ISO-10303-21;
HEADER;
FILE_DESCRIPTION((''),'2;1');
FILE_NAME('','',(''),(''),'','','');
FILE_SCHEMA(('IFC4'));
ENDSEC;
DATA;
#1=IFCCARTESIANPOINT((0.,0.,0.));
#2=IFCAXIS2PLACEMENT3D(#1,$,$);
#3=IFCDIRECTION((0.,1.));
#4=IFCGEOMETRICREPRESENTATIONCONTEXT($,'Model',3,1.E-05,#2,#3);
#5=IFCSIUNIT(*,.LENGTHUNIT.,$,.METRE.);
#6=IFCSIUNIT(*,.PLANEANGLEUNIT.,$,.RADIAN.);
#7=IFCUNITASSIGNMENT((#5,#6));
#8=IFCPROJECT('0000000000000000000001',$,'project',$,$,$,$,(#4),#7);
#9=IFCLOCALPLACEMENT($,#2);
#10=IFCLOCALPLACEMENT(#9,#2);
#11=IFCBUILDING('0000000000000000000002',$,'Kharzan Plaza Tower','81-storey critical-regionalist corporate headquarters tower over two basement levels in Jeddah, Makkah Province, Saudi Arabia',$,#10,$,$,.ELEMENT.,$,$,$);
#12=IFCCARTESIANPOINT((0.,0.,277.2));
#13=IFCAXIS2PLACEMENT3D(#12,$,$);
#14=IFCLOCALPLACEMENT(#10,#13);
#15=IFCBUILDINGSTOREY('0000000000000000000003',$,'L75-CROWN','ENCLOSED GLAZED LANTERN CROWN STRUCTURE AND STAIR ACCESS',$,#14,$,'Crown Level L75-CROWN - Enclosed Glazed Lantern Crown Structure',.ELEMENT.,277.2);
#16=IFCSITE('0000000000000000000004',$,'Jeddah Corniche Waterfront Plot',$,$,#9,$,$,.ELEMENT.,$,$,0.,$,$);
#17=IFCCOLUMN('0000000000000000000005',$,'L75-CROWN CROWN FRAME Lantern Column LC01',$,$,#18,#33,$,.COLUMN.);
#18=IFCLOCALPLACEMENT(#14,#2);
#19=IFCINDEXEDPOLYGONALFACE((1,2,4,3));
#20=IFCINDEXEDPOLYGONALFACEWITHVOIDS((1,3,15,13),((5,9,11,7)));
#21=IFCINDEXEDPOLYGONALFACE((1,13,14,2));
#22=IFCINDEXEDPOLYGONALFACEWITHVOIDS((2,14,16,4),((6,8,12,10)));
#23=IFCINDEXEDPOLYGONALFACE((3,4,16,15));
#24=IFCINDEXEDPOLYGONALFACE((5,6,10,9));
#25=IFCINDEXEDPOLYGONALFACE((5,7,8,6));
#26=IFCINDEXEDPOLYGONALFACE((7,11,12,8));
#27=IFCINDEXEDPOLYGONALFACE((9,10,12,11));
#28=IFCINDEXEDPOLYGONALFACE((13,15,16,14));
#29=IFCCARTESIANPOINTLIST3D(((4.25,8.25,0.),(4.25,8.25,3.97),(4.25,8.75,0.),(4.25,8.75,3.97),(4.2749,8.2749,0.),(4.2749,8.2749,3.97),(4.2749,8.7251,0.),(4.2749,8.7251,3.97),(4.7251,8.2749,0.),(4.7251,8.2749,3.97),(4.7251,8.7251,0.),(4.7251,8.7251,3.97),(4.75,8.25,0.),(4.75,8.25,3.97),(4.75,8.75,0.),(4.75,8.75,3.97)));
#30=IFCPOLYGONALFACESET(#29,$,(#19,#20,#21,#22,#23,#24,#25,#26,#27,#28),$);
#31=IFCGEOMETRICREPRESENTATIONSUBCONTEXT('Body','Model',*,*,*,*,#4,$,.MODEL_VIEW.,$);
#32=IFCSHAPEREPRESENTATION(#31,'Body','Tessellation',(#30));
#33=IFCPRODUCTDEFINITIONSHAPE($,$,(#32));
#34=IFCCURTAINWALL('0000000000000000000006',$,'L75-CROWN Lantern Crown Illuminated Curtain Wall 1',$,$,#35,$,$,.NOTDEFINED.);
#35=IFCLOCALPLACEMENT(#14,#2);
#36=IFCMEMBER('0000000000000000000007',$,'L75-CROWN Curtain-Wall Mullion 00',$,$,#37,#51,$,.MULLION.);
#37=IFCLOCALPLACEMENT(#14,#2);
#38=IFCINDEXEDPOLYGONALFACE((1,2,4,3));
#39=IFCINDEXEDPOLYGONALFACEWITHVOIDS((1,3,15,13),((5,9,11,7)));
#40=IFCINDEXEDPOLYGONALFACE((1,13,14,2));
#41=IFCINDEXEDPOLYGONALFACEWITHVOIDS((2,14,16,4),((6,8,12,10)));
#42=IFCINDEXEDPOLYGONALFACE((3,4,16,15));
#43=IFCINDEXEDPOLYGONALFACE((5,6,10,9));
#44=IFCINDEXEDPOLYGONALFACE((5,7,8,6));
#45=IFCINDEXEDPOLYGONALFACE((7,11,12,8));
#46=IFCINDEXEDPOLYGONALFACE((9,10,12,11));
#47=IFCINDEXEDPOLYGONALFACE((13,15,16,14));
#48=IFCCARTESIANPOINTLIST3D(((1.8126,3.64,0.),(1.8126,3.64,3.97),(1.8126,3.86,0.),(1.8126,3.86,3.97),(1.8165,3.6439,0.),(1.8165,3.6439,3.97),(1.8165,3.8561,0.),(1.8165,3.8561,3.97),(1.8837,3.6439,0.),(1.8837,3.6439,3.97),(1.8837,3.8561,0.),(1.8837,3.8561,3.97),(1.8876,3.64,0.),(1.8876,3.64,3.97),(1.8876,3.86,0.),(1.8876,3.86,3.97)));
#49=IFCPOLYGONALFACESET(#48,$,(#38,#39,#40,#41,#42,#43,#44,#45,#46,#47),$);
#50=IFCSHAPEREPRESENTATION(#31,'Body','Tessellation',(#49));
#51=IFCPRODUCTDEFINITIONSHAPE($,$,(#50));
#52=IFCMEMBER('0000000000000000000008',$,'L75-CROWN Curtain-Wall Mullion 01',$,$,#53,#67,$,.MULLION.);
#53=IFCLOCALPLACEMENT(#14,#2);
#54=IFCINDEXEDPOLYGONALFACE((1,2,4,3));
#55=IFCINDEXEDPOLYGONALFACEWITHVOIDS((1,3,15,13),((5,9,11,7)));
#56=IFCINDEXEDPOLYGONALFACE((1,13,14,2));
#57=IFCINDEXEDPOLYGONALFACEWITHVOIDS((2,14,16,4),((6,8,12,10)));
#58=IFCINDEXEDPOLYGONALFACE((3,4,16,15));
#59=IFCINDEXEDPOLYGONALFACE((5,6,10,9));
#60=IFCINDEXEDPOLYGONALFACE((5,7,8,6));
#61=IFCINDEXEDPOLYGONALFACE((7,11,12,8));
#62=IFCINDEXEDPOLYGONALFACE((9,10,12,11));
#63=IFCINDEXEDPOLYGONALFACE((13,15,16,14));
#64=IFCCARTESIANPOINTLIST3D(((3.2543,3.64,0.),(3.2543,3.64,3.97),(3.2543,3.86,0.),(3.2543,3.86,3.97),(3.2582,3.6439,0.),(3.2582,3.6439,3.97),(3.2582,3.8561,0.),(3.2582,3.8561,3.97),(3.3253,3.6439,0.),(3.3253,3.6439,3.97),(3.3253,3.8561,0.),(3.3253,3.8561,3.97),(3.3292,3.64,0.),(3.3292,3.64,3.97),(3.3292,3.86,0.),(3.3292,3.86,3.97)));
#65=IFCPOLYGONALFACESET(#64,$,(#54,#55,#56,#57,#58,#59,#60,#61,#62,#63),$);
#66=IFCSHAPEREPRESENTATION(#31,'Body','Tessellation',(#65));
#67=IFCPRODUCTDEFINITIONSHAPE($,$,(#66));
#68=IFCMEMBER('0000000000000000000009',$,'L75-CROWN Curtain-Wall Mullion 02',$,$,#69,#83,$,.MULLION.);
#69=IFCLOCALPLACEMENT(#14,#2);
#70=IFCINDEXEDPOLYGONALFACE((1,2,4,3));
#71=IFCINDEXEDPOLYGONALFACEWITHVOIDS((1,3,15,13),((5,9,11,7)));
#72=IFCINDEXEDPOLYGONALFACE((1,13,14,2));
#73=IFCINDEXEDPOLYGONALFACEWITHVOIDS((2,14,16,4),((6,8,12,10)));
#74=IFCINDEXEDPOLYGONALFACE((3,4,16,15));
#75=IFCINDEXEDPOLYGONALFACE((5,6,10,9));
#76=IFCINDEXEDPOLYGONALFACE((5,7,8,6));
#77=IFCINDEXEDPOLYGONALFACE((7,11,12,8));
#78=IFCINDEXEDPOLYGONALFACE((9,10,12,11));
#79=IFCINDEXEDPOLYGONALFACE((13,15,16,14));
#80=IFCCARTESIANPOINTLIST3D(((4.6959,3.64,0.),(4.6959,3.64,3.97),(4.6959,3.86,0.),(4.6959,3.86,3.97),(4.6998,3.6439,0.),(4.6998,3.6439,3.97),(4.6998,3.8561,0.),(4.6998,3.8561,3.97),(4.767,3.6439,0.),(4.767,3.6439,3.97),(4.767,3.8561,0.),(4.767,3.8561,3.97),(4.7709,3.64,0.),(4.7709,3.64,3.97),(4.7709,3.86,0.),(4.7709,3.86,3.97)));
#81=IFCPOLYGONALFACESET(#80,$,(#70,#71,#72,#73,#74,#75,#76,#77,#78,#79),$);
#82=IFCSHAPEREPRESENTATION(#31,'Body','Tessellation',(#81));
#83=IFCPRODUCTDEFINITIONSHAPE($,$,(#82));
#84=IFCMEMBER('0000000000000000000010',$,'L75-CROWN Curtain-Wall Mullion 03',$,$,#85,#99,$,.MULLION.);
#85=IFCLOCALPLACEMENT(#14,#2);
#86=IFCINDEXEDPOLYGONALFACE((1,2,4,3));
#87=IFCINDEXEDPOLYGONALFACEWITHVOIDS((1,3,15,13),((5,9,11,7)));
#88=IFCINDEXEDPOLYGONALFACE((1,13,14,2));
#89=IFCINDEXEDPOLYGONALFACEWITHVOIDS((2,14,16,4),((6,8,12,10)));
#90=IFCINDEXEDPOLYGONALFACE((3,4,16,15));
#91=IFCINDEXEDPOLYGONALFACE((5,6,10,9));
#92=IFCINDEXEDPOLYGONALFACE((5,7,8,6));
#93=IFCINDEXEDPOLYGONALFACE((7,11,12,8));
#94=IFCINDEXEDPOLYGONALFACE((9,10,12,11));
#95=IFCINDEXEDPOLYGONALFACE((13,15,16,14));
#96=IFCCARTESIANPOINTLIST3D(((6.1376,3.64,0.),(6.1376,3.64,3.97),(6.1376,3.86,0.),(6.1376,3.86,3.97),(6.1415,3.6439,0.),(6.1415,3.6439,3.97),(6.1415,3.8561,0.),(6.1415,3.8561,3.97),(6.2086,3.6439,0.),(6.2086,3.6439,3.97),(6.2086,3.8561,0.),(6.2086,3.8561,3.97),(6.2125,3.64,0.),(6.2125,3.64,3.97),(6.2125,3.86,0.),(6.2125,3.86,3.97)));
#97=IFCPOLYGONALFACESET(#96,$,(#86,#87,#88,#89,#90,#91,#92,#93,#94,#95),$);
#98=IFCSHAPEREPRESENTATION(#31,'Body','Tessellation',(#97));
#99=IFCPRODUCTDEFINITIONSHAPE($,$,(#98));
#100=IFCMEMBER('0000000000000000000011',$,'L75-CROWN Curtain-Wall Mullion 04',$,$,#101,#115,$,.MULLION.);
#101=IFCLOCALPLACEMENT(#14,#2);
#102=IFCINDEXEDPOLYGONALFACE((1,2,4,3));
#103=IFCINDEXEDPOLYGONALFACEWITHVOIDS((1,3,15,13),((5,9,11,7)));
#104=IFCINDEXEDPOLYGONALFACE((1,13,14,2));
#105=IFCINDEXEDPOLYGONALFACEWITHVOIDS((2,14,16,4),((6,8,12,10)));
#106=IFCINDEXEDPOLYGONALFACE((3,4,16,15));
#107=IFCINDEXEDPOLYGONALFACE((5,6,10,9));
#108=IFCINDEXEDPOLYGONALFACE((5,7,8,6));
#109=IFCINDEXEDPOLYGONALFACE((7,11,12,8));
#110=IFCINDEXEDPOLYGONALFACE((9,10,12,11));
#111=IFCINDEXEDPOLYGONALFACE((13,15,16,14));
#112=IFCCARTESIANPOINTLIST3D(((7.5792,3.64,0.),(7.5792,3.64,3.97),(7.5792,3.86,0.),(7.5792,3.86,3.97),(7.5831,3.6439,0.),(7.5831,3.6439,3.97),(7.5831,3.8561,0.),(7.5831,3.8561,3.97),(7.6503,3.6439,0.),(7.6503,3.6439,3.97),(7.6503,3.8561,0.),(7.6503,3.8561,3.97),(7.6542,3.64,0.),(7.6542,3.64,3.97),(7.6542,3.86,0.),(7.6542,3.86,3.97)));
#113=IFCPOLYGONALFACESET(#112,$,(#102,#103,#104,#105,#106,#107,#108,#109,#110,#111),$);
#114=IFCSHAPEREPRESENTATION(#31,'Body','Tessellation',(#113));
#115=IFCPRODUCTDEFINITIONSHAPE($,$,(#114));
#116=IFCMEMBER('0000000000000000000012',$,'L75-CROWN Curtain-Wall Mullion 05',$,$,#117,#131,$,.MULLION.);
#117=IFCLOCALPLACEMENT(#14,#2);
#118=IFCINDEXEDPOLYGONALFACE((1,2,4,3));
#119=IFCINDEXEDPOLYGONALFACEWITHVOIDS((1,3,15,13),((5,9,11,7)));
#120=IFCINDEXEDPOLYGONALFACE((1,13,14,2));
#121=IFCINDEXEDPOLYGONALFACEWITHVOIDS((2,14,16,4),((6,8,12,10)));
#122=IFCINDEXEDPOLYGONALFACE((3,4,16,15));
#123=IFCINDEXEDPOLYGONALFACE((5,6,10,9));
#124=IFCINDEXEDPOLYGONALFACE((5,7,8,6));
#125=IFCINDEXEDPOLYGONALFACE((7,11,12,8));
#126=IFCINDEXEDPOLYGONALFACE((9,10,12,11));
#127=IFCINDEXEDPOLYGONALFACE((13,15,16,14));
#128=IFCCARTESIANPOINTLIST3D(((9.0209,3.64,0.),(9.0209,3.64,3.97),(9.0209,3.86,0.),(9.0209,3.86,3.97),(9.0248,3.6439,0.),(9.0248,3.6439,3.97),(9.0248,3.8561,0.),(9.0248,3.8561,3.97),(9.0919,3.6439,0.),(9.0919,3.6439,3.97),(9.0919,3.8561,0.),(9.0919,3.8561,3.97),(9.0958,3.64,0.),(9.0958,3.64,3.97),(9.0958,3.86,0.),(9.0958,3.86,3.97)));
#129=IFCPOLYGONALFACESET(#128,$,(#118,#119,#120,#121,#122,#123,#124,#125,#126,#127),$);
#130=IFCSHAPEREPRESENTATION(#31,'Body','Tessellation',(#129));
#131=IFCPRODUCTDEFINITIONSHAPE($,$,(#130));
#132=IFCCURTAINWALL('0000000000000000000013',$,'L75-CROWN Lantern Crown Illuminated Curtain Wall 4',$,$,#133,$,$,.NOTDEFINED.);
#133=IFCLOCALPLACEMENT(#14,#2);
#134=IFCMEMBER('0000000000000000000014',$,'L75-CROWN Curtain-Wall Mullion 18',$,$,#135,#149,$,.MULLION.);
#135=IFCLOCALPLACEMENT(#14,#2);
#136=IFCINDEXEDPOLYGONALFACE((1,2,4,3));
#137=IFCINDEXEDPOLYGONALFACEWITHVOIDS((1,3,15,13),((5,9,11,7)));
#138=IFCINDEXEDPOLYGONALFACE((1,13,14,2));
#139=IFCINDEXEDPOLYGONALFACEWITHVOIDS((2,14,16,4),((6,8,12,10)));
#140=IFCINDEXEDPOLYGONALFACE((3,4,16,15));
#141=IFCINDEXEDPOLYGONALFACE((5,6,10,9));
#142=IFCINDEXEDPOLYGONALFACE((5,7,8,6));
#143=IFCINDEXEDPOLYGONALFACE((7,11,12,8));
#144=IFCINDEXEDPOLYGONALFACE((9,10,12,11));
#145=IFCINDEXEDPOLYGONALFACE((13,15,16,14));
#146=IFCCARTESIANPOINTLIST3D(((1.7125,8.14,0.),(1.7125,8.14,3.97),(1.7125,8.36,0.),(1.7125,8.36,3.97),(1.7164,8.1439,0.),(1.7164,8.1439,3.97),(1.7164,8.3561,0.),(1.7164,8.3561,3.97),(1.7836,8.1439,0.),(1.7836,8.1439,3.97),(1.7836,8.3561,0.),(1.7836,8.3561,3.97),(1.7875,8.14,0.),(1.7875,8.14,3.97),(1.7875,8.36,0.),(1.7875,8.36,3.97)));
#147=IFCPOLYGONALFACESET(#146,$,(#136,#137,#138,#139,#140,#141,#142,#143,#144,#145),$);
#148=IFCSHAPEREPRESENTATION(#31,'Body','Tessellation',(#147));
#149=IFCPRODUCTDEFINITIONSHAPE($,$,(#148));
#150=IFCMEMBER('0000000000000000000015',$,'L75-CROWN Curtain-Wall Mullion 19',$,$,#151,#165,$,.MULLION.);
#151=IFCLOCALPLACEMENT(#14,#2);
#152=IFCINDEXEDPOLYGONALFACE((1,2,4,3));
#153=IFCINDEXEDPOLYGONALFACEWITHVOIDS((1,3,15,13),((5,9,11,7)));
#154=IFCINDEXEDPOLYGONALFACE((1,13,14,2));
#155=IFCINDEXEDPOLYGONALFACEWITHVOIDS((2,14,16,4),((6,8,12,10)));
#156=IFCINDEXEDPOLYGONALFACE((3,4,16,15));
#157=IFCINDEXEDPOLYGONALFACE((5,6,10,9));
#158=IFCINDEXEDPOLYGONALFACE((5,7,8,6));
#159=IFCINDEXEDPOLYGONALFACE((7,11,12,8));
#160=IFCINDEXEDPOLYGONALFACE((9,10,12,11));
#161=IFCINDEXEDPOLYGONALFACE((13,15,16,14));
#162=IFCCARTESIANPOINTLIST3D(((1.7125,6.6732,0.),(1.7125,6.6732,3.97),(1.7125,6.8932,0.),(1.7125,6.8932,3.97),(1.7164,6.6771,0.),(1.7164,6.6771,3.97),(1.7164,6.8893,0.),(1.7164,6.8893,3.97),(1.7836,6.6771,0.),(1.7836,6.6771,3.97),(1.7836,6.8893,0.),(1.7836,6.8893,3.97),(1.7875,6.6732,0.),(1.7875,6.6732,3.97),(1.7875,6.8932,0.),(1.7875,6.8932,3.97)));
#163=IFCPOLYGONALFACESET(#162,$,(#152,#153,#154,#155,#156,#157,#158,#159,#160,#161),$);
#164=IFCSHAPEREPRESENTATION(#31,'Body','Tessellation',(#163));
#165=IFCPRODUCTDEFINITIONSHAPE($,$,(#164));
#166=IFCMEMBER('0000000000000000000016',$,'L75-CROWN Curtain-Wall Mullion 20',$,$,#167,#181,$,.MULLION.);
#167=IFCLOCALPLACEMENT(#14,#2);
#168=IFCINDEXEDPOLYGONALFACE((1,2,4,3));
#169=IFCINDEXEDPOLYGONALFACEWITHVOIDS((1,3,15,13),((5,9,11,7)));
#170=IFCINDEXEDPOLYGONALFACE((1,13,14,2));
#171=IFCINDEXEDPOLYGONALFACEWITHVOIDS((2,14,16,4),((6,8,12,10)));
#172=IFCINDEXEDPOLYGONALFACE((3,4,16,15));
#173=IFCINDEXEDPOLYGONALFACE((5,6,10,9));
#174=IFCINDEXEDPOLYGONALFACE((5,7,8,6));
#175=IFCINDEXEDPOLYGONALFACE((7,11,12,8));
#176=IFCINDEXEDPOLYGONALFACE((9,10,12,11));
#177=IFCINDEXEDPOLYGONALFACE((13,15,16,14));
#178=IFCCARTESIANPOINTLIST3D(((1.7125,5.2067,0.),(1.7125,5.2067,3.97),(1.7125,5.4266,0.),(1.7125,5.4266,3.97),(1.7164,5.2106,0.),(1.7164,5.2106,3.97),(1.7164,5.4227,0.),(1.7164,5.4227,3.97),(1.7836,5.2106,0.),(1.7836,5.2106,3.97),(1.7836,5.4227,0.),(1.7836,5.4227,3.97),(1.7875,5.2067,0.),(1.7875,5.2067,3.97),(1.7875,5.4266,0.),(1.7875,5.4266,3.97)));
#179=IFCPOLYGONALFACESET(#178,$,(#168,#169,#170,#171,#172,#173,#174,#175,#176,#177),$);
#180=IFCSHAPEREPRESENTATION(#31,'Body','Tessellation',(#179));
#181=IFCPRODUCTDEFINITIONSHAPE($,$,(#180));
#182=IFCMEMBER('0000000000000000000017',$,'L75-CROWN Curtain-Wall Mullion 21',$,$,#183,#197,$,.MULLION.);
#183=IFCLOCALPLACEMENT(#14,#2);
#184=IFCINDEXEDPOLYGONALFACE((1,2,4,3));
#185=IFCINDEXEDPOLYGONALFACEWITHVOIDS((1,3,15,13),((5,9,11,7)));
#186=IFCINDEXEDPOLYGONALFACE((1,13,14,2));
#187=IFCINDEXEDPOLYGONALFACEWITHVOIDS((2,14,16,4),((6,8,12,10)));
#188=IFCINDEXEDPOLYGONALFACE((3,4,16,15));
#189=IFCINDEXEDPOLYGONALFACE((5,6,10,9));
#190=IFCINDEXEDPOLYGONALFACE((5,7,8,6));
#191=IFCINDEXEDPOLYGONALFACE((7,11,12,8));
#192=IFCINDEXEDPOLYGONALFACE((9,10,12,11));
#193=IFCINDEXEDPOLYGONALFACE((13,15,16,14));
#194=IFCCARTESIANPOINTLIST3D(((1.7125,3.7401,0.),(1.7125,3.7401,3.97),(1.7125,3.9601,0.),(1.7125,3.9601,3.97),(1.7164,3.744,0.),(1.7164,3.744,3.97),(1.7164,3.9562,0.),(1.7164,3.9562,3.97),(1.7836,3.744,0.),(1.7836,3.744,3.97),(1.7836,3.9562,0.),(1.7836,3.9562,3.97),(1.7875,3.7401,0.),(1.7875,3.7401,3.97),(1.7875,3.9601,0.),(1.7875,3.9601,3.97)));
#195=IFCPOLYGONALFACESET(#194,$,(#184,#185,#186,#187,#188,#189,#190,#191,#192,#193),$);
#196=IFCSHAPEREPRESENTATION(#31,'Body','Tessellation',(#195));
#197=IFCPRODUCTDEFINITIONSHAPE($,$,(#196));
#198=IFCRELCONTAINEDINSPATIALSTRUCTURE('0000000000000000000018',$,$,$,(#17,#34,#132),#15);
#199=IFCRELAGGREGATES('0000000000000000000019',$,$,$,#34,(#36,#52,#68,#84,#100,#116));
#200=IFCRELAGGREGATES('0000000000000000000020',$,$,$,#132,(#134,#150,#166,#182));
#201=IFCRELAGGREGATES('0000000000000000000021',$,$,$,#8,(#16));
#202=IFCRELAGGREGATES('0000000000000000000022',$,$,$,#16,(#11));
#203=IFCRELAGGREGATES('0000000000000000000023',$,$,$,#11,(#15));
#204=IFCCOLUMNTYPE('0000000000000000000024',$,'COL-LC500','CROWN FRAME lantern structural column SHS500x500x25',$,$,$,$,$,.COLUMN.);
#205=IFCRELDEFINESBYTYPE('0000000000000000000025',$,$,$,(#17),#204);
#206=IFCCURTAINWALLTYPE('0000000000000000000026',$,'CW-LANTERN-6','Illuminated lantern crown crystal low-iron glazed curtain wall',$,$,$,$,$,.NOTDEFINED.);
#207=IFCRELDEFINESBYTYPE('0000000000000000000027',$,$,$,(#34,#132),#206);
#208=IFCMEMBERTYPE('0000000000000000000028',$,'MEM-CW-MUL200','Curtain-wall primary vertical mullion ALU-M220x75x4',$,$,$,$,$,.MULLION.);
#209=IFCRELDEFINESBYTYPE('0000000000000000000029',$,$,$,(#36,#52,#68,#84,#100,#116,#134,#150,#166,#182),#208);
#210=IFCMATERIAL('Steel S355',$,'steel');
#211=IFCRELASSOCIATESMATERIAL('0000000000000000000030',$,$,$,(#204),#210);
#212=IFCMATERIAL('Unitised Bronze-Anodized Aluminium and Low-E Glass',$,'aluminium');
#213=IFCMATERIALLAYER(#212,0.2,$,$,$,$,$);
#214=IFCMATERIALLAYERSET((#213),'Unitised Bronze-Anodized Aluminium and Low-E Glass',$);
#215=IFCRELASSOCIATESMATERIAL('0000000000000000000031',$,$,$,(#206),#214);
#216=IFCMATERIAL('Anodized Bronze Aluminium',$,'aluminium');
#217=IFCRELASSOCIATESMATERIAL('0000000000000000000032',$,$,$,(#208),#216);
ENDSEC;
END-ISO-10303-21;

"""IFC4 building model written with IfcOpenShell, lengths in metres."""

from ifc_helpers import new_model, si_unit, direction, frame, origin, origin_2d, place, context, subcontext, project, spatial, hollow_rectangle, extrude, source, transform, mapped, material, layer, layer_set, material_profile, profile_set, type_object, element, aggregate, save


model = new_model("IFC4")

# Units and contexts
model_context = context("Model", 3, precision=1e-05, world=origin(), true_north=direction((0.0, 1.0)))
body_context = subcontext(model_context, "Body", "Model", "MODEL_VIEW")
ifc_project = project(units=[si_unit("LENGTHUNIT", "METRE"), si_unit("PLANEANGLEUNIT", "RADIAN")], contexts=[model_context])

# Site, building, storey
site_placement = place(None, origin())
site = spatial("IfcSite", under=ifc_project, at=site_placement, Name="Jeddah Corniche Waterfront Plot", CompositionType="ELEMENT", RefElevation=0.0)
building_placement = place(site_placement, origin())
building = spatial("IfcBuilding", under=site, at=building_placement, Name="Kharzan Plaza Tower", Description="81-storey critical-regionalist corporate headquarters tower over two basement levels in Jeddah, Makkah Province, Saudi Arabia", CompositionType="ELEMENT")
storey_placement = place(building_placement, frame((0.0, 0.0, 277.2)))
storey = spatial("IfcBuildingStorey", under=building, at=storey_placement, Name="L75-CROWN", Description="ENCLOSED GLAZED LANTERN CROWN STRUCTURE AND STAIR ACCESS", LongName="Crown Level L75-CROWN - Enclosed Glazed Lantern Crown Structure", CompositionType="ELEMENT", Elevation=277.2)

# Column
ifc_material_1 = material(Name="Steel S355", Category="steel")
ifc_material_profile_1 = material_profile(ifc_material_1, hollow_rectangle(XDim=0.5, YDim=0.5, WallThickness=0.0249, at=origin_2d()), Name="SHS500x500x25")
ifc_profile_set_1 = profile_set([ifc_material_profile_1], Name="Steel S355")
column_type = type_object("IfcColumnType", Name="COL-LC500", Description="CROWN FRAME lantern structural column SHS500x500x25", PredefinedType="COLUMN", material=ifc_profile_set_1)
shared_shape_1 = source(origin(), body_context, "Body", "SweptSolid", [
    extrude(hollow_rectangle(XDim=0.5, YDim=0.5, WallThickness=0.0249, at=origin_2d()), origin(), (0.0, 0.0, 1.0), 3.97),
])
column_placement = place(storey_placement, frame((4.5, 8.5, 0.0), z_axis=(0.0, 0.0, 1.0), x_axis=(1.0, 0.0, 0.0)))
element("IfcColumn", 1, at=column_placement, inside=storey, type_object=column_type, Name="L75-CROWN CROWN FRAME Lantern Column LC01", PredefinedType="COLUMN", context=body_context, shape_type="MappedRepresentation", body=[
    mapped(shared_shape_1, transform((0.0, 0.0, 0.0), x_axis=(1.0, 0.0, 0.0), y_axis=(0.0, 1.0, 0.0), z_axis=(0.0, 0.0, 1.0))),
])

# Curtain walls, members
ifc_material_2 = material(Name="Unitised Bronze-Anodized Aluminium and Low-E Glass", Category="aluminium")
ifc_layer_1 = layer(ifc_material_2, 0.2)
ifc_layer_set_1 = layer_set([ifc_layer_1], Name="Unitised Bronze-Anodized Aluminium and Low-E Glass")
curtain_wall_type = type_object("IfcCurtainWallType", Name="CW-LANTERN-6", Description="Illuminated lantern crown crystal low-iron glazed curtain wall", PredefinedType="NOTDEFINED", material=ifc_layer_set_1)
curtain_wall_1_placement = place(storey_placement, origin())
curtain_wall_1 = element("IfcCurtainWall", 2, at=curtain_wall_1_placement, inside=storey, type_object=curtain_wall_type, Name="L75-CROWN Lantern Crown Illuminated Curtain Wall 1", PredefinedType="NOTDEFINED")
ifc_material_3 = material(Name="Anodized Bronze Aluminium", Category="aluminium")
ifc_material_profile_2 = material_profile(ifc_material_3, hollow_rectangle(XDim=0.075, YDim=0.22, WallThickness=0.0039, at=origin_2d()), Name="ALU-M220x75x4")
ifc_profile_set_2 = profile_set([ifc_material_profile_2], Name="Anodized Bronze Aluminium")
member_type_1 = type_object("IfcMemberType", Name="MEM-CW-MUL200", Description="Curtain-wall primary vertical mullion ALU-M220x75x4", PredefinedType="MULLION", material=ifc_profile_set_2)
shared_shape_2 = source(origin(), body_context, "Body", "SweptSolid", [
    extrude(hollow_rectangle(XDim=0.075, YDim=0.22, WallThickness=0.0039, at=origin_2d()), origin(), (0.0, 0.0, 1.0), 3.97),
])
member_1_placement = place(storey_placement, frame((1.8501, 3.75, 0.0), z_axis=(0.0, 0.0, 1.0), x_axis=(1.0, 0.0, 0.0)))
member_1 = element("IfcMember", 3, at=member_1_placement, type_object=member_type_1, Name="L75-CROWN Curtain-Wall Mullion 00", PredefinedType="MULLION", context=body_context, shape_type="MappedRepresentation", body=[
    mapped(shared_shape_2, transform((0.0, 0.0, 0.0), x_axis=(1.0, 0.0, 0.0), y_axis=(0.0, 1.0, 0.0), z_axis=(0.0, 0.0, 1.0))),
])
member_2_placement = place(storey_placement, frame((3.2917, 3.75, 0.0), z_axis=(0.0, 0.0, 1.0), x_axis=(1.0, 0.0, 0.0)))
member_2 = element("IfcMember", 4, at=member_2_placement, type_object=member_type_1, Name="L75-CROWN Curtain-Wall Mullion 01", PredefinedType="MULLION", context=body_context, shape_type="MappedRepresentation", body=[
    mapped(shared_shape_2, transform((0.0, 0.0, 0.0), x_axis=(1.0, 0.0, 0.0), y_axis=(0.0, 1.0, 0.0), z_axis=(0.0, 0.0, 1.0))),
])
member_3_placement = place(storey_placement, frame((4.7334, 3.75, 0.0), z_axis=(0.0, 0.0, 1.0), x_axis=(1.0, 0.0, 0.0)))
member_3 = element("IfcMember", 5, at=member_3_placement, type_object=member_type_1, Name="L75-CROWN Curtain-Wall Mullion 02", PredefinedType="MULLION", context=body_context, shape_type="MappedRepresentation", body=[
    mapped(shared_shape_2, transform((0.0, 0.0, 0.0), x_axis=(1.0, 0.0, 0.0), y_axis=(0.0, 1.0, 0.0), z_axis=(0.0, 0.0, 1.0))),
])
member_4_placement = place(storey_placement, frame((6.175, 3.75, 0.0), z_axis=(0.0, 0.0, 1.0), x_axis=(1.0, 0.0, 0.0)))
member_4 = element("IfcMember", 6, at=member_4_placement, type_object=member_type_1, Name="L75-CROWN Curtain-Wall Mullion 03", PredefinedType="MULLION", context=body_context, shape_type="MappedRepresentation", body=[
    mapped(shared_shape_2, transform((0.0, 0.0, 0.0), x_axis=(1.0, 0.0, 0.0), y_axis=(0.0, 1.0, 0.0), z_axis=(0.0, 0.0, 1.0))),
])
member_5_placement = place(storey_placement, frame((7.6167, 3.75, 0.0), z_axis=(0.0, 0.0, 1.0), x_axis=(1.0, 0.0, 0.0)))
member_5 = element("IfcMember", 7, at=member_5_placement, type_object=member_type_1, Name="L75-CROWN Curtain-Wall Mullion 04", PredefinedType="MULLION", context=body_context, shape_type="MappedRepresentation", body=[
    mapped(shared_shape_2, transform((0.0, 0.0, 0.0), x_axis=(1.0, 0.0, 0.0), y_axis=(0.0, 1.0, 0.0), z_axis=(0.0, 0.0, 1.0))),
])
member_6_placement = place(storey_placement, frame((9.0583, 3.75, 0.0), z_axis=(0.0, 0.0, 1.0), x_axis=(1.0, 0.0, 0.0)))
member_6 = element("IfcMember", 8, at=member_6_placement, type_object=member_type_1, Name="L75-CROWN Curtain-Wall Mullion 05", PredefinedType="MULLION", context=body_context, shape_type="MappedRepresentation", body=[
    mapped(shared_shape_2, transform((0.0, 0.0, 0.0), x_axis=(1.0, 0.0, 0.0), y_axis=(0.0, 1.0, 0.0), z_axis=(0.0, 0.0, 1.0))),
])
curtain_wall_2_placement = place(storey_placement, origin())
curtain_wall_2 = element("IfcCurtainWall", 9, at=curtain_wall_2_placement, inside=storey, type_object=curtain_wall_type, Name="L75-CROWN Lantern Crown Illuminated Curtain Wall 4", PredefinedType="NOTDEFINED")
member_7_placement = place(storey_placement, frame((1.75, 8.25, 0.0), z_axis=(0.0, 0.0, 1.0), x_axis=(1.0, 0.0, 0.0)))
member_7 = element("IfcMember", 10, at=member_7_placement, type_object=member_type_1, Name="L75-CROWN Curtain-Wall Mullion 18", PredefinedType="MULLION", context=body_context, shape_type="MappedRepresentation", body=[
    mapped(shared_shape_2, transform((0.0, 0.0, 0.0), x_axis=(1.0, 0.0, 0.0), y_axis=(0.0, 1.0, 0.0), z_axis=(0.0, 0.0, 1.0))),
])
member_8_placement = place(storey_placement, frame((1.75, 6.7832, 0.0), z_axis=(0.0, 0.0, 1.0), x_axis=(1.0, 0.0, 0.0)))
member_8 = element("IfcMember", 11, at=member_8_placement, type_object=member_type_1, Name="L75-CROWN Curtain-Wall Mullion 19", PredefinedType="MULLION", context=body_context, shape_type="MappedRepresentation", body=[
    mapped(shared_shape_2, transform((0.0, 0.0, 0.0), x_axis=(1.0, 0.0, 0.0), y_axis=(0.0, 1.0, 0.0), z_axis=(0.0, 0.0, 1.0))),
])
member_9_placement = place(storey_placement, frame((1.75, 5.3167, 0.0), z_axis=(0.0, 0.0, 1.0), x_axis=(1.0, 0.0, 0.0)))
member_9 = element("IfcMember", 12, at=member_9_placement, type_object=member_type_1, Name="L75-CROWN Curtain-Wall Mullion 20", PredefinedType="MULLION", context=body_context, shape_type="MappedRepresentation", body=[
    mapped(shared_shape_2, transform((0.0, 0.0, 0.0), x_axis=(1.0, 0.0, 0.0), y_axis=(0.0, 1.0, 0.0), z_axis=(0.0, 0.0, 1.0))),
])
member_10_placement = place(storey_placement, frame((1.75, 3.8501, 0.0), z_axis=(0.0, 0.0, 1.0), x_axis=(1.0, 0.0, 0.0)))
member_10 = element("IfcMember", 13, at=member_10_placement, type_object=member_type_1, Name="L75-CROWN Curtain-Wall Mullion 21", PredefinedType="MULLION", context=body_context, shape_type="MappedRepresentation", body=[
    mapped(shared_shape_2, transform((0.0, 0.0, 0.0), x_axis=(1.0, 0.0, 0.0), y_axis=(0.0, 1.0, 0.0), z_axis=(0.0, 0.0, 1.0))),
])

aggregate(curtain_wall_1, [member_1, member_2, member_3, member_4, member_5, member_6])
aggregate(curtain_wall_2, [member_7, member_8, member_9, member_10])

save(model, "model.ifc")
